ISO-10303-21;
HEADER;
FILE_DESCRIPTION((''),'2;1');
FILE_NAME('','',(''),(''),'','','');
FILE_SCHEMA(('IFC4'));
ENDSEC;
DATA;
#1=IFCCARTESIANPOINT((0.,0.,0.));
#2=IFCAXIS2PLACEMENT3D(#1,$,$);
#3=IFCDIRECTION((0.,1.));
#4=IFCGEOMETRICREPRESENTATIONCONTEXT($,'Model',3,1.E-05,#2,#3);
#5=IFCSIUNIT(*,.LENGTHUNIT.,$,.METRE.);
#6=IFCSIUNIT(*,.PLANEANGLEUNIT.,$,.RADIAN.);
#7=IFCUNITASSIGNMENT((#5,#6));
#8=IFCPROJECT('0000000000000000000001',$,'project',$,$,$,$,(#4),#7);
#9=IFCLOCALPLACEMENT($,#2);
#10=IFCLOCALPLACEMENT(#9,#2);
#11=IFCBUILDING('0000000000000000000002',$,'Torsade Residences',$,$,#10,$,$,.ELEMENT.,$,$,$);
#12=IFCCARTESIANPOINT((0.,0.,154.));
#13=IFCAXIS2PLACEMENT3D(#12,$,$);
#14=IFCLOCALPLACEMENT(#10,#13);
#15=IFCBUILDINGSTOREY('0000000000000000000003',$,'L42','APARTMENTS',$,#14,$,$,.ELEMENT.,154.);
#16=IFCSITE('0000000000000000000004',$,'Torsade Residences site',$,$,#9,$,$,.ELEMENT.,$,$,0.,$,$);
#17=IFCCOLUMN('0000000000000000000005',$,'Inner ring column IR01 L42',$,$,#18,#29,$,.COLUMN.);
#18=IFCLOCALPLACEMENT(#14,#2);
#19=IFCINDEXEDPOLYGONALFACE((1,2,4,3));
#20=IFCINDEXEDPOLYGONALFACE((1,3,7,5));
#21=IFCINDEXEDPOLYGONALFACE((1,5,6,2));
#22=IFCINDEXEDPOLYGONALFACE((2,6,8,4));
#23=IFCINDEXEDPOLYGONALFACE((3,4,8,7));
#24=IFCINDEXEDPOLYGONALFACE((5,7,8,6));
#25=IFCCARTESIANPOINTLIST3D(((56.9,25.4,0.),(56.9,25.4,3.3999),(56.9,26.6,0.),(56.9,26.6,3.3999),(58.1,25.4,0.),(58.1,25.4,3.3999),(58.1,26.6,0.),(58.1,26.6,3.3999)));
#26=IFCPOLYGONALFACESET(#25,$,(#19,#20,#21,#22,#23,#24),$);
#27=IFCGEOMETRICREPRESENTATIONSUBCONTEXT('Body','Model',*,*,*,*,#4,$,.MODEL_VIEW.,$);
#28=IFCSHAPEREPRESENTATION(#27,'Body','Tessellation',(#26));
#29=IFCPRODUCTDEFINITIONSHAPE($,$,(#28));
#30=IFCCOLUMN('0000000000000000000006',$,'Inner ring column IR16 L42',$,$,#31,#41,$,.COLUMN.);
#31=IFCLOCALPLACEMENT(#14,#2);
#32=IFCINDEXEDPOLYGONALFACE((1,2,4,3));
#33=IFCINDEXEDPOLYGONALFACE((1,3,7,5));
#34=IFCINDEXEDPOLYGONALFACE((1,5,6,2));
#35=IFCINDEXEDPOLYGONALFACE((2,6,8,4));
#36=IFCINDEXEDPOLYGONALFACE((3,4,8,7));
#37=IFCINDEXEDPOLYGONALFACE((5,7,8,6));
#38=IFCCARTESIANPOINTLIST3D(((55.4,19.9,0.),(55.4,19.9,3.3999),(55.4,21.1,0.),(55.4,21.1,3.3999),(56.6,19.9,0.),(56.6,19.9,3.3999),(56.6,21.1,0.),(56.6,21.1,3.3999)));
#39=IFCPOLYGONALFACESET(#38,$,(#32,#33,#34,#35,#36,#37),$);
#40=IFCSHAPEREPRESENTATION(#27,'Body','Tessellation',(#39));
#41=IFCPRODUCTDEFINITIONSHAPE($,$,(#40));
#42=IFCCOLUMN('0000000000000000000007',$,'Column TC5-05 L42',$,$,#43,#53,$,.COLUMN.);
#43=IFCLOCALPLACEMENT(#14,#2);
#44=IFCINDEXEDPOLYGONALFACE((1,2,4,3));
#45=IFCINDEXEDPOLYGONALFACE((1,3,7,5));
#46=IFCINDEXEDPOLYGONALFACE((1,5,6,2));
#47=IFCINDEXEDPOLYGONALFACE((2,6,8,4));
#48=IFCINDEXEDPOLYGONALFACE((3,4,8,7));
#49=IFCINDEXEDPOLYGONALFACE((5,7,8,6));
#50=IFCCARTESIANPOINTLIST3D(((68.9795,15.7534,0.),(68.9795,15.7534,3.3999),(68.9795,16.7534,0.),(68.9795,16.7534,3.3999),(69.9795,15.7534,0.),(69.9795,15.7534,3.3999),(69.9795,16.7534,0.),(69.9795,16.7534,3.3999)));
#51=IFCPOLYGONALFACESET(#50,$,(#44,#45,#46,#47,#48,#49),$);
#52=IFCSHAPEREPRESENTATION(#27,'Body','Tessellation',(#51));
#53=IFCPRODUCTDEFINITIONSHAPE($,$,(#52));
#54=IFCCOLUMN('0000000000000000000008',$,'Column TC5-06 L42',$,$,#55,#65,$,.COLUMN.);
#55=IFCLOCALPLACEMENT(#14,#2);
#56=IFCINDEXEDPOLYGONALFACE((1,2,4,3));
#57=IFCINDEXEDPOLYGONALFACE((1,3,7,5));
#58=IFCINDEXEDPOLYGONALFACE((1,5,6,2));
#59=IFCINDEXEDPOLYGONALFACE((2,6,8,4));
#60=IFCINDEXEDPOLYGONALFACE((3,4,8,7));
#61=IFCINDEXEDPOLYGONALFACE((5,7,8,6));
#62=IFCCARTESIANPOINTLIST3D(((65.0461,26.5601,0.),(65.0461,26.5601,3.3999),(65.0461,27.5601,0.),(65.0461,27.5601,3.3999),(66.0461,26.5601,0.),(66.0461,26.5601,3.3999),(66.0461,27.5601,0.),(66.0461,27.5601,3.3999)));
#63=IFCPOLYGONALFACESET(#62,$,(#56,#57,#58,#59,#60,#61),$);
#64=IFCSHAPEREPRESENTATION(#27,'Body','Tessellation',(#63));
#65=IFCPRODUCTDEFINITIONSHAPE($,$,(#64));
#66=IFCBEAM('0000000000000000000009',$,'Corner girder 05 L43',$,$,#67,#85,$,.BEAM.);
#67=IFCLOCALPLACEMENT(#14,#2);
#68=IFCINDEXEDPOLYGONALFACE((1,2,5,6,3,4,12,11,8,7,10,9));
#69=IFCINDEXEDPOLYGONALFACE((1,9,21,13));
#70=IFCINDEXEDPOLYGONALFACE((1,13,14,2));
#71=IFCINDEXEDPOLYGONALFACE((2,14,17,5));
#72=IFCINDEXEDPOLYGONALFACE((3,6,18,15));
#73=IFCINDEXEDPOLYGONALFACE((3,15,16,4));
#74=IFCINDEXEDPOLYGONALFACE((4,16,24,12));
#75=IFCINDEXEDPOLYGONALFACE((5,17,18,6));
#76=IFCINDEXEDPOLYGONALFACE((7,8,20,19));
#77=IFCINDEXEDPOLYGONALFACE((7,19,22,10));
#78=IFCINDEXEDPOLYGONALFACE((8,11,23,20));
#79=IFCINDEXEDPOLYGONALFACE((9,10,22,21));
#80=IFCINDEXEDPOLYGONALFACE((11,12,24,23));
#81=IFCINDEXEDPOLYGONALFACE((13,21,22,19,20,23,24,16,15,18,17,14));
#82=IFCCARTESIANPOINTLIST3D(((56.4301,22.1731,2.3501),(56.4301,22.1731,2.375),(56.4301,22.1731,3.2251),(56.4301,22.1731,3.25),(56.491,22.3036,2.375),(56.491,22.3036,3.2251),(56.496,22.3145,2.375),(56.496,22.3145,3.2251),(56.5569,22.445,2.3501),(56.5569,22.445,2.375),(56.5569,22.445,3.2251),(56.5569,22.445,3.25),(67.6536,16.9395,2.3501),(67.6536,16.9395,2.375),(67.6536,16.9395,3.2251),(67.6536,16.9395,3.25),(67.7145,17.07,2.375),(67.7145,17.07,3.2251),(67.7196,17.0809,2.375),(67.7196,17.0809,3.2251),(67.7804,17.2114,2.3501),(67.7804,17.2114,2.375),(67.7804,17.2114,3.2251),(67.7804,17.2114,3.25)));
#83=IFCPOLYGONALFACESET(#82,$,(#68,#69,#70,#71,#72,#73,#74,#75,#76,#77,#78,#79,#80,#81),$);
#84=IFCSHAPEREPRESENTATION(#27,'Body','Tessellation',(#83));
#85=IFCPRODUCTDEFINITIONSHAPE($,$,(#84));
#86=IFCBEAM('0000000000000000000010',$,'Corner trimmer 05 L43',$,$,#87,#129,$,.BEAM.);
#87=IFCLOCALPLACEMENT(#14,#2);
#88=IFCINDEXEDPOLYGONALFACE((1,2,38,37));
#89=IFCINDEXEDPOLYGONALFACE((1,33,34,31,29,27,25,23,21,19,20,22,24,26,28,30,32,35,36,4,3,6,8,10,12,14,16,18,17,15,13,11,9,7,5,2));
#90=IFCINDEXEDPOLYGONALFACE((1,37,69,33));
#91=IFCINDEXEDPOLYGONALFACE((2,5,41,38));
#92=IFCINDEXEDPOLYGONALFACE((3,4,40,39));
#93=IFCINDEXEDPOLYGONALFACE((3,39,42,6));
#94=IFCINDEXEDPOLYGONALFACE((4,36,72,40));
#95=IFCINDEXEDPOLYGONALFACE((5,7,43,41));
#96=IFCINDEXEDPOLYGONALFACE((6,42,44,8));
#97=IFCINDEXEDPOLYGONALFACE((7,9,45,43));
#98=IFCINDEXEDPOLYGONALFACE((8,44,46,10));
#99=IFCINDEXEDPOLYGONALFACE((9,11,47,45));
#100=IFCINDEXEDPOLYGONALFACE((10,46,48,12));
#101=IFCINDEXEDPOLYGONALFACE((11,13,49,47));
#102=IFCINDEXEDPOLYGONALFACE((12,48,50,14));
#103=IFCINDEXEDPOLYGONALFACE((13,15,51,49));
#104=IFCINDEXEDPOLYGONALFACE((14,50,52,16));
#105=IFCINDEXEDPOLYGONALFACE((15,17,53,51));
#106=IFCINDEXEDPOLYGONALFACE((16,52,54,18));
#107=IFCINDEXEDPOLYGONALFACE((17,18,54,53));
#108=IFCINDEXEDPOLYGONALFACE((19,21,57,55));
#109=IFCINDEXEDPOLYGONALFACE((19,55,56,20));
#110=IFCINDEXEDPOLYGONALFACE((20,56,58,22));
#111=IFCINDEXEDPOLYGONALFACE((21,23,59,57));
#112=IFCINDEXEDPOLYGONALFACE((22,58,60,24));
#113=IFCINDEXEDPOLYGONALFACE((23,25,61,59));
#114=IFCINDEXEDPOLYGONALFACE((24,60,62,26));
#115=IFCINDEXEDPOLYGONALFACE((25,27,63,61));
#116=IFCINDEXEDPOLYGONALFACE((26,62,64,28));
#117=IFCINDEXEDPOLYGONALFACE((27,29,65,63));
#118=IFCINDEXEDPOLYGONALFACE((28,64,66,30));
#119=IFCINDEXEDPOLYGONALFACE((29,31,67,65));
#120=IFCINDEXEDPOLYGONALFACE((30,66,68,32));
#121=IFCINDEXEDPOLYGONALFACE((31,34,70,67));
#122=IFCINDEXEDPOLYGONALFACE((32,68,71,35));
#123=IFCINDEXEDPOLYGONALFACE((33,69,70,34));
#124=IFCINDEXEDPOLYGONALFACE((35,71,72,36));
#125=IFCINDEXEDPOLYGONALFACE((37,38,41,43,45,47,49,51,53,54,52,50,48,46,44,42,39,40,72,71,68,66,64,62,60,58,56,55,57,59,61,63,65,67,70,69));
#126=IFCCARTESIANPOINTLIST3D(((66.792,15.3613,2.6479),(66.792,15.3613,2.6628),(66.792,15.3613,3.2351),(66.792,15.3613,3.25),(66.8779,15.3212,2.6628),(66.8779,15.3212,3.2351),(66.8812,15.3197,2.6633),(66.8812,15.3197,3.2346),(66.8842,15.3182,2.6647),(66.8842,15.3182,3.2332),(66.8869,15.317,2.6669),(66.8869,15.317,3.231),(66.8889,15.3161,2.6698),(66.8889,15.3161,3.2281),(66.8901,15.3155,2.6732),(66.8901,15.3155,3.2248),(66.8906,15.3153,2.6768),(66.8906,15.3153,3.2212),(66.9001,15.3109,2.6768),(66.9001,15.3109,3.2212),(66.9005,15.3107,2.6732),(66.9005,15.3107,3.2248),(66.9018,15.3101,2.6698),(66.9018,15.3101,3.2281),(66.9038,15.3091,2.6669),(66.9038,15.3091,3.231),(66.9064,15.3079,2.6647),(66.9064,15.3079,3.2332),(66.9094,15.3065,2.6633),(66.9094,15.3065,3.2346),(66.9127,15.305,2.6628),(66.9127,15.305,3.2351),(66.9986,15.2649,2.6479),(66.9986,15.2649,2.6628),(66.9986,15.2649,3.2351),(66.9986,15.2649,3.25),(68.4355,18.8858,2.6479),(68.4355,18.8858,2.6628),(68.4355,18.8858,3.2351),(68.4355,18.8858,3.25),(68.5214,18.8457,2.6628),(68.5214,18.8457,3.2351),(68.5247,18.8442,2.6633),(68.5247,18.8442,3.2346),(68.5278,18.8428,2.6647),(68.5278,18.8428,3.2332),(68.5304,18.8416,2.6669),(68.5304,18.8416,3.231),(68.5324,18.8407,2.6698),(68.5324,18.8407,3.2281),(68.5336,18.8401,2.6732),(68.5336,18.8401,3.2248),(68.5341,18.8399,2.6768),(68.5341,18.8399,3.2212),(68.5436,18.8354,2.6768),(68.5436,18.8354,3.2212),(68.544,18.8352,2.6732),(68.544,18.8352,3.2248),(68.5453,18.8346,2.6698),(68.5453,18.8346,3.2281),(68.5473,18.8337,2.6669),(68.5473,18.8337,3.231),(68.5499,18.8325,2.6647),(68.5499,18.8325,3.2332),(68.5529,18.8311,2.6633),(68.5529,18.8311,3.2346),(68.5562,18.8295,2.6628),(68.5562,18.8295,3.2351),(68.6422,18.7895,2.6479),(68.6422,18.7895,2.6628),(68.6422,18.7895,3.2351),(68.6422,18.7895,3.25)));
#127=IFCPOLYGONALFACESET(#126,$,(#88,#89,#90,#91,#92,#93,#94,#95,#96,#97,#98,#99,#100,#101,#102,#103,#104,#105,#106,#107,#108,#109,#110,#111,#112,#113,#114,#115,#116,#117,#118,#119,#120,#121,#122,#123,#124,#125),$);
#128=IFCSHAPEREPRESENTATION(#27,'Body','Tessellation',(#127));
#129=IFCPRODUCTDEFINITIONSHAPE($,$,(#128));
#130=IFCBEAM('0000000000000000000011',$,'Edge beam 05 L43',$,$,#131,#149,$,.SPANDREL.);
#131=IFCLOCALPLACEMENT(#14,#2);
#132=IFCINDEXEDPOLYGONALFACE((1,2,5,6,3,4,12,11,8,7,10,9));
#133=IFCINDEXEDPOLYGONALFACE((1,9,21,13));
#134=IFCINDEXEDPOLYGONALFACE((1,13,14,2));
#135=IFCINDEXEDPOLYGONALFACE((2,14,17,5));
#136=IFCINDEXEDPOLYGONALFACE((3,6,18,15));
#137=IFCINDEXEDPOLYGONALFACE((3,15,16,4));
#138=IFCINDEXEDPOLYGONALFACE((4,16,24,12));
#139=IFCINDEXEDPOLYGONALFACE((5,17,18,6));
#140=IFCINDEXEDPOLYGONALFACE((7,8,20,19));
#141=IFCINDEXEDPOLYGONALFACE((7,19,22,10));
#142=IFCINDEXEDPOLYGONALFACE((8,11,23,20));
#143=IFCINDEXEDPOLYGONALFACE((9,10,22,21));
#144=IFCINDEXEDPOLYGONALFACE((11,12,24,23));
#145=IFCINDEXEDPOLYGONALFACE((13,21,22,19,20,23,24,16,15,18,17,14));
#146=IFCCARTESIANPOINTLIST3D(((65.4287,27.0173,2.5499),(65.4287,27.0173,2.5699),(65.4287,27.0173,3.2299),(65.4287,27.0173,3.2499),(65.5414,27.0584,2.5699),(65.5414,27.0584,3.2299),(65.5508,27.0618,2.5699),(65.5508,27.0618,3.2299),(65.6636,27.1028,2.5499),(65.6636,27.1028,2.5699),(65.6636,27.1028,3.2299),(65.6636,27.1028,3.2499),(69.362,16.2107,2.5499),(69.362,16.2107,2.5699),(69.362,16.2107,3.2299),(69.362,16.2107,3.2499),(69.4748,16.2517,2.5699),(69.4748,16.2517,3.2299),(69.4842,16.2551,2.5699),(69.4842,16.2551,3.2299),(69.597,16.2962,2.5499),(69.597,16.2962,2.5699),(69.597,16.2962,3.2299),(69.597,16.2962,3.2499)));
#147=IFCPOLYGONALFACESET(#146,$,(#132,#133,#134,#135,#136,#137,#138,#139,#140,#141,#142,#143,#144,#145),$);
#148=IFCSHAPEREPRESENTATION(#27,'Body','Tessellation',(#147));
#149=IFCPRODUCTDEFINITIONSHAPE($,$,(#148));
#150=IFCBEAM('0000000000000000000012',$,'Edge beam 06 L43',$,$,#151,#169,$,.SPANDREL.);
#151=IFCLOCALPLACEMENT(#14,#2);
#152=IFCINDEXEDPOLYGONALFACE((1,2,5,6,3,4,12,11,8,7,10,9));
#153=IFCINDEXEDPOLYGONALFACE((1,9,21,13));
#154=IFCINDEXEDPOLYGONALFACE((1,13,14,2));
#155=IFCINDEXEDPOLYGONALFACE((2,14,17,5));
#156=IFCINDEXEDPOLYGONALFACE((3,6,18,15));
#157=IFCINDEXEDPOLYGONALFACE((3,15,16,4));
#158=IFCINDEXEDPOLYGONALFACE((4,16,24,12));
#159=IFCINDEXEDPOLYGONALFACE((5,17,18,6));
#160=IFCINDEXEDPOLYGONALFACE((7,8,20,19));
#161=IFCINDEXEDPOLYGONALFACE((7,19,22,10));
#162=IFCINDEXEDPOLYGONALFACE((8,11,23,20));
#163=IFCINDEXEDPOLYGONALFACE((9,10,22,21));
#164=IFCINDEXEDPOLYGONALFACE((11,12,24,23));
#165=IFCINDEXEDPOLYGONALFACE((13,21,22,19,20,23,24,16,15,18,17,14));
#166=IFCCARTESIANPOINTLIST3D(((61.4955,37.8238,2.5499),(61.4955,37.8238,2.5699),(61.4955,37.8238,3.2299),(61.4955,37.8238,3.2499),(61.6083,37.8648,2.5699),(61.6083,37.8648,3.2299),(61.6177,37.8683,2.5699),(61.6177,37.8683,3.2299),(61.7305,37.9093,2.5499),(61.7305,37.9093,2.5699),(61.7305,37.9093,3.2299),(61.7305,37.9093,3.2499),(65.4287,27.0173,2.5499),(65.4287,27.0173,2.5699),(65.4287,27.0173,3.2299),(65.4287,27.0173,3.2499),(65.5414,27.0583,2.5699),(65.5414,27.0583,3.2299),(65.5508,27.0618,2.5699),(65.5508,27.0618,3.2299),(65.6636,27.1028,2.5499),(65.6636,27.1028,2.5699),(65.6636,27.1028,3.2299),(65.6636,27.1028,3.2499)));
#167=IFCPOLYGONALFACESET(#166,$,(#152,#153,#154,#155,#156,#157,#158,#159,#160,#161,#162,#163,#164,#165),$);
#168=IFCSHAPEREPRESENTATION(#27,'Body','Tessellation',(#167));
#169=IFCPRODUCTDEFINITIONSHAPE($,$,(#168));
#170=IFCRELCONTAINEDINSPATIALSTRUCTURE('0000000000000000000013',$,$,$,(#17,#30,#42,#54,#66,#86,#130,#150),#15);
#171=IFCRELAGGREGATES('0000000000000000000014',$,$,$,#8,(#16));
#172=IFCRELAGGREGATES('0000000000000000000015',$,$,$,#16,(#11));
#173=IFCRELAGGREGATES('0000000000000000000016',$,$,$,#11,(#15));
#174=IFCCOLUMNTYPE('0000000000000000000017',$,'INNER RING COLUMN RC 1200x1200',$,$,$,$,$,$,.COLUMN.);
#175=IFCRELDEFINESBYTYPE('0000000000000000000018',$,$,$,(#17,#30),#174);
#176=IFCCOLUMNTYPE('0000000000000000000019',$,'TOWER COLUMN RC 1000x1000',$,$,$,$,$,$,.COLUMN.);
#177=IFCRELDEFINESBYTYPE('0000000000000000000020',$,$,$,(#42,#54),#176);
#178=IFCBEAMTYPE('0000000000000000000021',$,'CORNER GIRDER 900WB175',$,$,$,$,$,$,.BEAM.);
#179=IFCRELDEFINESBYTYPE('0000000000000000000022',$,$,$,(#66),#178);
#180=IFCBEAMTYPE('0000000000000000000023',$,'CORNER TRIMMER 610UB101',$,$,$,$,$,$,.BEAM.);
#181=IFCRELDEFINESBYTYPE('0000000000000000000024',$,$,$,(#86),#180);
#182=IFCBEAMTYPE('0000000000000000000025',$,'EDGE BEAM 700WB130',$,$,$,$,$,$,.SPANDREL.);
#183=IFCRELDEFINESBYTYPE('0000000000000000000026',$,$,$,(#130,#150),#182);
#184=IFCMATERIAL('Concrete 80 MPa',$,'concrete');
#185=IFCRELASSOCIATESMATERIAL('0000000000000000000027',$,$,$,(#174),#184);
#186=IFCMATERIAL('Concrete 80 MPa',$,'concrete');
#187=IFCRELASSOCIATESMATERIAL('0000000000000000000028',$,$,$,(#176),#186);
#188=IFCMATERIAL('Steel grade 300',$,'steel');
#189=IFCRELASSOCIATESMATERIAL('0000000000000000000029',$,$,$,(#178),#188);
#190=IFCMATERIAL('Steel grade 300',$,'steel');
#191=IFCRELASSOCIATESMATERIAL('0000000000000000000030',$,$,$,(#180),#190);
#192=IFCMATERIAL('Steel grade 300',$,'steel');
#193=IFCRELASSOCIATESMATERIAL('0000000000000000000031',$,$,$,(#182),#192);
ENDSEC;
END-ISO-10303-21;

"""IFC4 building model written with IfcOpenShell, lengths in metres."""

from ifc_helpers import new_model, si_unit, direction, frame, origin, origin_2d, place, context, subcontext, project, spatial, rectangle, i_section, extrude, material, material_profile, profile_set, type_object, element, save


model = new_model("IFC4")

# Units and contexts
model_context = context("Model", 3, precision=1e-05, world=origin(), true_north=direction((0.0, 1.0)))
body_context = subcontext(model_context, "Body", "Model", "MODEL_VIEW")
ifc_project = project(units=[si_unit("LENGTHUNIT", "METRE"), si_unit("PLANEANGLEUNIT", "RADIAN")], contexts=[model_context])

# Site, building, storey
site_placement = place(None, origin())
site = spatial("IfcSite", under=ifc_project, at=site_placement, Name="Torsade Residences site", CompositionType="ELEMENT", RefElevation=0.0)
building_placement = place(site_placement, origin())
building = spatial("IfcBuilding", under=site, at=building_placement, Name="Torsade Residences", CompositionType="ELEMENT")
storey_placement = place(building_placement, frame((0.0, 0.0, 154.0)))
storey = spatial("IfcBuildingStorey", under=building, at=storey_placement, Name="L42", Description="APARTMENTS", CompositionType="ELEMENT", Elevation=154.0)

# Columns
ifc_material_1 = material(Name="Concrete 80 MPa", Category="concrete")
ifc_material_profile_1 = material_profile(ifc_material_1, rectangle(XDim=1.2, YDim=1.2, at=origin_2d()), Name="RC 1200x1200")
ifc_profile_set_1 = profile_set([ifc_material_profile_1], Name="Concrete 80 MPa")
column_type_1 = type_object("IfcColumnType", Name="INNER RING COLUMN RC 1200x1200", PredefinedType="COLUMN", material=ifc_profile_set_1)
for number, where, z_axis, x_axis, name in (
    (1, (57.5, 26.0, 0.0), (0.0, 0.0, 1.0), (1.0, 0.0, 0.0), "Inner ring column IR01 L42"),
    (2, (56.0, 20.5, 0.0), (0.0, 0.0, 1.0), (1.0, 0.0, 0.0), "Inner ring column IR16 L42"),
):
    element("IfcColumn", number, at=place(storey_placement, frame(where, z_axis=z_axis, x_axis=x_axis)), inside=storey, type_object=column_type_1, Name=name, PredefinedType="COLUMN", context=body_context, shape_type="SweptSolid", body=[
        extrude(rectangle(XDim=1.2, YDim=1.2, at=origin_2d()), origin(), (0.0, 0.0, 1.0), 3.3999),
    ])
ifc_material_2 = material(Name="Concrete 80 MPa", Category="concrete")
ifc_material_profile_2 = material_profile(ifc_material_2, rectangle(XDim=1.0, YDim=1.0, at=origin_2d()), Name="RC 1000x1000")
ifc_profile_set_2 = profile_set([ifc_material_profile_2], Name="Concrete 80 MPa")
column_type_2 = type_object("IfcColumnType", Name="TOWER COLUMN RC 1000x1000", PredefinedType="COLUMN", material=ifc_profile_set_2)
for number, where, z_axis, x_axis, name in (
    (3, (69.4795, 16.2534, 0.0), (0.0, 0.0, 1.0), (1.0, 0.0, 0.0), "Column TC5-05 L42"),
    (4, (65.5461, 27.0601, 0.0), (0.0, 0.0, 1.0), (1.0, 0.0, 0.0), "Column TC5-06 L42"),
):
    element("IfcColumn", number, at=place(storey_placement, frame(where, z_axis=z_axis, x_axis=x_axis)), inside=storey, type_object=column_type_2, Name=name, PredefinedType="COLUMN", context=body_context, shape_type="SweptSolid", body=[
        extrude(rectangle(XDim=1.0, YDim=1.0, at=origin_2d()), origin(), (0.0, 0.0, 1.0), 3.3999),
    ])

# Beams
ifc_material_3 = material(Name="Steel grade 300", Category="steel")
ifc_material_profile_3 = material_profile(ifc_material_3, i_section(OverallWidth=0.3, OverallDepth=0.8999, WebThickness=0.012, FlangeThickness=0.0249, at=origin_2d()), Name="900WB175")
ifc_profile_set_3 = profile_set([ifc_material_profile_3], Name="Steel grade 300")
beam_type_1 = type_object("IfcBeamType", Name="CORNER GIRDER 900WB175", PredefinedType="BEAM", material=ifc_profile_set_3)
beam_1_placement = place(storey_placement, frame((67.717, 17.0754, 2.8), z_axis=(-0.906309, 0.422617, 0.0), x_axis=(-0.422617, -0.906309, 0.0)))
element("IfcBeam", 5, at=beam_1_placement, inside=storey, type_object=beam_type_1, Name="Corner girder 05 L43", PredefinedType="BEAM", context=body_context, shape_type="SweptSolid", body=[
    extrude(i_section(OverallWidth=0.3, OverallDepth=0.8999, WebThickness=0.012, FlangeThickness=0.0249, at=origin_2d()), origin(), (0.0, 0.0, 1.0), 12.3838),
])
ifc_material_4 = material(Name="Steel grade 300", Category="steel")
ifc_material_profile_4 = material_profile(ifc_material_4, i_section(OverallWidth=0.228, OverallDepth=0.6021, WebThickness=0.0105, FlangeThickness=0.0149, FilletRadius=0.0139, at=origin_2d()), Name="610UB101")
ifc_profile_set_4 = profile_set([ifc_material_profile_4], Name="Steel grade 300")
beam_type_2 = type_object("IfcBeamType", Name="CORNER TRIMMER 610UB101", PredefinedType="BEAM", material=ifc_profile_set_4)
beam_2_placement = place(storey_placement, frame((68.5388, 18.8376, 2.949), z_axis=(-0.422614, -0.90631, 0.0), x_axis=(0.90631, -0.422614, 0.0)))
element("IfcBeam", 6, at=beam_2_placement, inside=storey, type_object=beam_type_2, Name="Corner trimmer 05 L43", PredefinedType="BEAM", context=body_context, shape_type="SweptSolid", body=[
    extrude(i_section(OverallWidth=0.228, OverallDepth=0.6021, WebThickness=0.0105, FlangeThickness=0.0149, FilletRadius=0.0139, at=origin_2d()), origin(), (0.0, 0.0, 1.0), 3.8889),
])
ifc_material_5 = material(Name="Steel grade 300", Category="steel")
ifc_material_profile_5 = material_profile(ifc_material_5, i_section(OverallWidth=0.25, OverallDepth=0.7, WebThickness=0.01, FlangeThickness=0.02, at=origin_2d()), Name="700WB130")
ifc_profile_set_5 = profile_set([ifc_material_profile_5], Name="Steel grade 300")
beam_type_3 = type_object("IfcBeamType", Name="EDGE BEAM 700WB130", PredefinedType="SPANDREL", material=ifc_profile_set_5)
beam_3_placement = place(storey_placement, frame((69.4795, 16.2534, 2.8999), z_axis=(-0.342024, 0.939691, 0.0), x_axis=(-0.939691, -0.342024, 0.0)))
element("IfcBeam", 7, at=beam_3_placement, inside=storey, type_object=beam_type_3, Name="Edge beam 05 L43", PredefinedType="SPANDREL", context=body_context, shape_type="SweptSolid", body=[
    extrude(i_section(OverallWidth=0.25, OverallDepth=0.7, WebThickness=0.01, FlangeThickness=0.02, at=origin_2d()), origin(), (0.0, 0.0, 1.0), 11.5002),
])
beam_4_placement = place(storey_placement, frame((65.5461, 27.0601, 2.8999), z_axis=(-0.342012, 0.939695, 0.0), x_axis=(-0.939695, -0.342012, 0.0)))
element("IfcBeam", 8, at=beam_4_placement, inside=storey, type_object=beam_type_3, Name="Edge beam 06 L43", PredefinedType="SPANDREL", context=body_context, shape_type="SweptSolid", body=[
    extrude(i_section(OverallWidth=0.25, OverallDepth=0.7, WebThickness=0.01, FlangeThickness=0.02, at=origin_2d()), origin(), (0.0, 0.0, 1.0), 11.5),
])

save(model, "model.ifc")
